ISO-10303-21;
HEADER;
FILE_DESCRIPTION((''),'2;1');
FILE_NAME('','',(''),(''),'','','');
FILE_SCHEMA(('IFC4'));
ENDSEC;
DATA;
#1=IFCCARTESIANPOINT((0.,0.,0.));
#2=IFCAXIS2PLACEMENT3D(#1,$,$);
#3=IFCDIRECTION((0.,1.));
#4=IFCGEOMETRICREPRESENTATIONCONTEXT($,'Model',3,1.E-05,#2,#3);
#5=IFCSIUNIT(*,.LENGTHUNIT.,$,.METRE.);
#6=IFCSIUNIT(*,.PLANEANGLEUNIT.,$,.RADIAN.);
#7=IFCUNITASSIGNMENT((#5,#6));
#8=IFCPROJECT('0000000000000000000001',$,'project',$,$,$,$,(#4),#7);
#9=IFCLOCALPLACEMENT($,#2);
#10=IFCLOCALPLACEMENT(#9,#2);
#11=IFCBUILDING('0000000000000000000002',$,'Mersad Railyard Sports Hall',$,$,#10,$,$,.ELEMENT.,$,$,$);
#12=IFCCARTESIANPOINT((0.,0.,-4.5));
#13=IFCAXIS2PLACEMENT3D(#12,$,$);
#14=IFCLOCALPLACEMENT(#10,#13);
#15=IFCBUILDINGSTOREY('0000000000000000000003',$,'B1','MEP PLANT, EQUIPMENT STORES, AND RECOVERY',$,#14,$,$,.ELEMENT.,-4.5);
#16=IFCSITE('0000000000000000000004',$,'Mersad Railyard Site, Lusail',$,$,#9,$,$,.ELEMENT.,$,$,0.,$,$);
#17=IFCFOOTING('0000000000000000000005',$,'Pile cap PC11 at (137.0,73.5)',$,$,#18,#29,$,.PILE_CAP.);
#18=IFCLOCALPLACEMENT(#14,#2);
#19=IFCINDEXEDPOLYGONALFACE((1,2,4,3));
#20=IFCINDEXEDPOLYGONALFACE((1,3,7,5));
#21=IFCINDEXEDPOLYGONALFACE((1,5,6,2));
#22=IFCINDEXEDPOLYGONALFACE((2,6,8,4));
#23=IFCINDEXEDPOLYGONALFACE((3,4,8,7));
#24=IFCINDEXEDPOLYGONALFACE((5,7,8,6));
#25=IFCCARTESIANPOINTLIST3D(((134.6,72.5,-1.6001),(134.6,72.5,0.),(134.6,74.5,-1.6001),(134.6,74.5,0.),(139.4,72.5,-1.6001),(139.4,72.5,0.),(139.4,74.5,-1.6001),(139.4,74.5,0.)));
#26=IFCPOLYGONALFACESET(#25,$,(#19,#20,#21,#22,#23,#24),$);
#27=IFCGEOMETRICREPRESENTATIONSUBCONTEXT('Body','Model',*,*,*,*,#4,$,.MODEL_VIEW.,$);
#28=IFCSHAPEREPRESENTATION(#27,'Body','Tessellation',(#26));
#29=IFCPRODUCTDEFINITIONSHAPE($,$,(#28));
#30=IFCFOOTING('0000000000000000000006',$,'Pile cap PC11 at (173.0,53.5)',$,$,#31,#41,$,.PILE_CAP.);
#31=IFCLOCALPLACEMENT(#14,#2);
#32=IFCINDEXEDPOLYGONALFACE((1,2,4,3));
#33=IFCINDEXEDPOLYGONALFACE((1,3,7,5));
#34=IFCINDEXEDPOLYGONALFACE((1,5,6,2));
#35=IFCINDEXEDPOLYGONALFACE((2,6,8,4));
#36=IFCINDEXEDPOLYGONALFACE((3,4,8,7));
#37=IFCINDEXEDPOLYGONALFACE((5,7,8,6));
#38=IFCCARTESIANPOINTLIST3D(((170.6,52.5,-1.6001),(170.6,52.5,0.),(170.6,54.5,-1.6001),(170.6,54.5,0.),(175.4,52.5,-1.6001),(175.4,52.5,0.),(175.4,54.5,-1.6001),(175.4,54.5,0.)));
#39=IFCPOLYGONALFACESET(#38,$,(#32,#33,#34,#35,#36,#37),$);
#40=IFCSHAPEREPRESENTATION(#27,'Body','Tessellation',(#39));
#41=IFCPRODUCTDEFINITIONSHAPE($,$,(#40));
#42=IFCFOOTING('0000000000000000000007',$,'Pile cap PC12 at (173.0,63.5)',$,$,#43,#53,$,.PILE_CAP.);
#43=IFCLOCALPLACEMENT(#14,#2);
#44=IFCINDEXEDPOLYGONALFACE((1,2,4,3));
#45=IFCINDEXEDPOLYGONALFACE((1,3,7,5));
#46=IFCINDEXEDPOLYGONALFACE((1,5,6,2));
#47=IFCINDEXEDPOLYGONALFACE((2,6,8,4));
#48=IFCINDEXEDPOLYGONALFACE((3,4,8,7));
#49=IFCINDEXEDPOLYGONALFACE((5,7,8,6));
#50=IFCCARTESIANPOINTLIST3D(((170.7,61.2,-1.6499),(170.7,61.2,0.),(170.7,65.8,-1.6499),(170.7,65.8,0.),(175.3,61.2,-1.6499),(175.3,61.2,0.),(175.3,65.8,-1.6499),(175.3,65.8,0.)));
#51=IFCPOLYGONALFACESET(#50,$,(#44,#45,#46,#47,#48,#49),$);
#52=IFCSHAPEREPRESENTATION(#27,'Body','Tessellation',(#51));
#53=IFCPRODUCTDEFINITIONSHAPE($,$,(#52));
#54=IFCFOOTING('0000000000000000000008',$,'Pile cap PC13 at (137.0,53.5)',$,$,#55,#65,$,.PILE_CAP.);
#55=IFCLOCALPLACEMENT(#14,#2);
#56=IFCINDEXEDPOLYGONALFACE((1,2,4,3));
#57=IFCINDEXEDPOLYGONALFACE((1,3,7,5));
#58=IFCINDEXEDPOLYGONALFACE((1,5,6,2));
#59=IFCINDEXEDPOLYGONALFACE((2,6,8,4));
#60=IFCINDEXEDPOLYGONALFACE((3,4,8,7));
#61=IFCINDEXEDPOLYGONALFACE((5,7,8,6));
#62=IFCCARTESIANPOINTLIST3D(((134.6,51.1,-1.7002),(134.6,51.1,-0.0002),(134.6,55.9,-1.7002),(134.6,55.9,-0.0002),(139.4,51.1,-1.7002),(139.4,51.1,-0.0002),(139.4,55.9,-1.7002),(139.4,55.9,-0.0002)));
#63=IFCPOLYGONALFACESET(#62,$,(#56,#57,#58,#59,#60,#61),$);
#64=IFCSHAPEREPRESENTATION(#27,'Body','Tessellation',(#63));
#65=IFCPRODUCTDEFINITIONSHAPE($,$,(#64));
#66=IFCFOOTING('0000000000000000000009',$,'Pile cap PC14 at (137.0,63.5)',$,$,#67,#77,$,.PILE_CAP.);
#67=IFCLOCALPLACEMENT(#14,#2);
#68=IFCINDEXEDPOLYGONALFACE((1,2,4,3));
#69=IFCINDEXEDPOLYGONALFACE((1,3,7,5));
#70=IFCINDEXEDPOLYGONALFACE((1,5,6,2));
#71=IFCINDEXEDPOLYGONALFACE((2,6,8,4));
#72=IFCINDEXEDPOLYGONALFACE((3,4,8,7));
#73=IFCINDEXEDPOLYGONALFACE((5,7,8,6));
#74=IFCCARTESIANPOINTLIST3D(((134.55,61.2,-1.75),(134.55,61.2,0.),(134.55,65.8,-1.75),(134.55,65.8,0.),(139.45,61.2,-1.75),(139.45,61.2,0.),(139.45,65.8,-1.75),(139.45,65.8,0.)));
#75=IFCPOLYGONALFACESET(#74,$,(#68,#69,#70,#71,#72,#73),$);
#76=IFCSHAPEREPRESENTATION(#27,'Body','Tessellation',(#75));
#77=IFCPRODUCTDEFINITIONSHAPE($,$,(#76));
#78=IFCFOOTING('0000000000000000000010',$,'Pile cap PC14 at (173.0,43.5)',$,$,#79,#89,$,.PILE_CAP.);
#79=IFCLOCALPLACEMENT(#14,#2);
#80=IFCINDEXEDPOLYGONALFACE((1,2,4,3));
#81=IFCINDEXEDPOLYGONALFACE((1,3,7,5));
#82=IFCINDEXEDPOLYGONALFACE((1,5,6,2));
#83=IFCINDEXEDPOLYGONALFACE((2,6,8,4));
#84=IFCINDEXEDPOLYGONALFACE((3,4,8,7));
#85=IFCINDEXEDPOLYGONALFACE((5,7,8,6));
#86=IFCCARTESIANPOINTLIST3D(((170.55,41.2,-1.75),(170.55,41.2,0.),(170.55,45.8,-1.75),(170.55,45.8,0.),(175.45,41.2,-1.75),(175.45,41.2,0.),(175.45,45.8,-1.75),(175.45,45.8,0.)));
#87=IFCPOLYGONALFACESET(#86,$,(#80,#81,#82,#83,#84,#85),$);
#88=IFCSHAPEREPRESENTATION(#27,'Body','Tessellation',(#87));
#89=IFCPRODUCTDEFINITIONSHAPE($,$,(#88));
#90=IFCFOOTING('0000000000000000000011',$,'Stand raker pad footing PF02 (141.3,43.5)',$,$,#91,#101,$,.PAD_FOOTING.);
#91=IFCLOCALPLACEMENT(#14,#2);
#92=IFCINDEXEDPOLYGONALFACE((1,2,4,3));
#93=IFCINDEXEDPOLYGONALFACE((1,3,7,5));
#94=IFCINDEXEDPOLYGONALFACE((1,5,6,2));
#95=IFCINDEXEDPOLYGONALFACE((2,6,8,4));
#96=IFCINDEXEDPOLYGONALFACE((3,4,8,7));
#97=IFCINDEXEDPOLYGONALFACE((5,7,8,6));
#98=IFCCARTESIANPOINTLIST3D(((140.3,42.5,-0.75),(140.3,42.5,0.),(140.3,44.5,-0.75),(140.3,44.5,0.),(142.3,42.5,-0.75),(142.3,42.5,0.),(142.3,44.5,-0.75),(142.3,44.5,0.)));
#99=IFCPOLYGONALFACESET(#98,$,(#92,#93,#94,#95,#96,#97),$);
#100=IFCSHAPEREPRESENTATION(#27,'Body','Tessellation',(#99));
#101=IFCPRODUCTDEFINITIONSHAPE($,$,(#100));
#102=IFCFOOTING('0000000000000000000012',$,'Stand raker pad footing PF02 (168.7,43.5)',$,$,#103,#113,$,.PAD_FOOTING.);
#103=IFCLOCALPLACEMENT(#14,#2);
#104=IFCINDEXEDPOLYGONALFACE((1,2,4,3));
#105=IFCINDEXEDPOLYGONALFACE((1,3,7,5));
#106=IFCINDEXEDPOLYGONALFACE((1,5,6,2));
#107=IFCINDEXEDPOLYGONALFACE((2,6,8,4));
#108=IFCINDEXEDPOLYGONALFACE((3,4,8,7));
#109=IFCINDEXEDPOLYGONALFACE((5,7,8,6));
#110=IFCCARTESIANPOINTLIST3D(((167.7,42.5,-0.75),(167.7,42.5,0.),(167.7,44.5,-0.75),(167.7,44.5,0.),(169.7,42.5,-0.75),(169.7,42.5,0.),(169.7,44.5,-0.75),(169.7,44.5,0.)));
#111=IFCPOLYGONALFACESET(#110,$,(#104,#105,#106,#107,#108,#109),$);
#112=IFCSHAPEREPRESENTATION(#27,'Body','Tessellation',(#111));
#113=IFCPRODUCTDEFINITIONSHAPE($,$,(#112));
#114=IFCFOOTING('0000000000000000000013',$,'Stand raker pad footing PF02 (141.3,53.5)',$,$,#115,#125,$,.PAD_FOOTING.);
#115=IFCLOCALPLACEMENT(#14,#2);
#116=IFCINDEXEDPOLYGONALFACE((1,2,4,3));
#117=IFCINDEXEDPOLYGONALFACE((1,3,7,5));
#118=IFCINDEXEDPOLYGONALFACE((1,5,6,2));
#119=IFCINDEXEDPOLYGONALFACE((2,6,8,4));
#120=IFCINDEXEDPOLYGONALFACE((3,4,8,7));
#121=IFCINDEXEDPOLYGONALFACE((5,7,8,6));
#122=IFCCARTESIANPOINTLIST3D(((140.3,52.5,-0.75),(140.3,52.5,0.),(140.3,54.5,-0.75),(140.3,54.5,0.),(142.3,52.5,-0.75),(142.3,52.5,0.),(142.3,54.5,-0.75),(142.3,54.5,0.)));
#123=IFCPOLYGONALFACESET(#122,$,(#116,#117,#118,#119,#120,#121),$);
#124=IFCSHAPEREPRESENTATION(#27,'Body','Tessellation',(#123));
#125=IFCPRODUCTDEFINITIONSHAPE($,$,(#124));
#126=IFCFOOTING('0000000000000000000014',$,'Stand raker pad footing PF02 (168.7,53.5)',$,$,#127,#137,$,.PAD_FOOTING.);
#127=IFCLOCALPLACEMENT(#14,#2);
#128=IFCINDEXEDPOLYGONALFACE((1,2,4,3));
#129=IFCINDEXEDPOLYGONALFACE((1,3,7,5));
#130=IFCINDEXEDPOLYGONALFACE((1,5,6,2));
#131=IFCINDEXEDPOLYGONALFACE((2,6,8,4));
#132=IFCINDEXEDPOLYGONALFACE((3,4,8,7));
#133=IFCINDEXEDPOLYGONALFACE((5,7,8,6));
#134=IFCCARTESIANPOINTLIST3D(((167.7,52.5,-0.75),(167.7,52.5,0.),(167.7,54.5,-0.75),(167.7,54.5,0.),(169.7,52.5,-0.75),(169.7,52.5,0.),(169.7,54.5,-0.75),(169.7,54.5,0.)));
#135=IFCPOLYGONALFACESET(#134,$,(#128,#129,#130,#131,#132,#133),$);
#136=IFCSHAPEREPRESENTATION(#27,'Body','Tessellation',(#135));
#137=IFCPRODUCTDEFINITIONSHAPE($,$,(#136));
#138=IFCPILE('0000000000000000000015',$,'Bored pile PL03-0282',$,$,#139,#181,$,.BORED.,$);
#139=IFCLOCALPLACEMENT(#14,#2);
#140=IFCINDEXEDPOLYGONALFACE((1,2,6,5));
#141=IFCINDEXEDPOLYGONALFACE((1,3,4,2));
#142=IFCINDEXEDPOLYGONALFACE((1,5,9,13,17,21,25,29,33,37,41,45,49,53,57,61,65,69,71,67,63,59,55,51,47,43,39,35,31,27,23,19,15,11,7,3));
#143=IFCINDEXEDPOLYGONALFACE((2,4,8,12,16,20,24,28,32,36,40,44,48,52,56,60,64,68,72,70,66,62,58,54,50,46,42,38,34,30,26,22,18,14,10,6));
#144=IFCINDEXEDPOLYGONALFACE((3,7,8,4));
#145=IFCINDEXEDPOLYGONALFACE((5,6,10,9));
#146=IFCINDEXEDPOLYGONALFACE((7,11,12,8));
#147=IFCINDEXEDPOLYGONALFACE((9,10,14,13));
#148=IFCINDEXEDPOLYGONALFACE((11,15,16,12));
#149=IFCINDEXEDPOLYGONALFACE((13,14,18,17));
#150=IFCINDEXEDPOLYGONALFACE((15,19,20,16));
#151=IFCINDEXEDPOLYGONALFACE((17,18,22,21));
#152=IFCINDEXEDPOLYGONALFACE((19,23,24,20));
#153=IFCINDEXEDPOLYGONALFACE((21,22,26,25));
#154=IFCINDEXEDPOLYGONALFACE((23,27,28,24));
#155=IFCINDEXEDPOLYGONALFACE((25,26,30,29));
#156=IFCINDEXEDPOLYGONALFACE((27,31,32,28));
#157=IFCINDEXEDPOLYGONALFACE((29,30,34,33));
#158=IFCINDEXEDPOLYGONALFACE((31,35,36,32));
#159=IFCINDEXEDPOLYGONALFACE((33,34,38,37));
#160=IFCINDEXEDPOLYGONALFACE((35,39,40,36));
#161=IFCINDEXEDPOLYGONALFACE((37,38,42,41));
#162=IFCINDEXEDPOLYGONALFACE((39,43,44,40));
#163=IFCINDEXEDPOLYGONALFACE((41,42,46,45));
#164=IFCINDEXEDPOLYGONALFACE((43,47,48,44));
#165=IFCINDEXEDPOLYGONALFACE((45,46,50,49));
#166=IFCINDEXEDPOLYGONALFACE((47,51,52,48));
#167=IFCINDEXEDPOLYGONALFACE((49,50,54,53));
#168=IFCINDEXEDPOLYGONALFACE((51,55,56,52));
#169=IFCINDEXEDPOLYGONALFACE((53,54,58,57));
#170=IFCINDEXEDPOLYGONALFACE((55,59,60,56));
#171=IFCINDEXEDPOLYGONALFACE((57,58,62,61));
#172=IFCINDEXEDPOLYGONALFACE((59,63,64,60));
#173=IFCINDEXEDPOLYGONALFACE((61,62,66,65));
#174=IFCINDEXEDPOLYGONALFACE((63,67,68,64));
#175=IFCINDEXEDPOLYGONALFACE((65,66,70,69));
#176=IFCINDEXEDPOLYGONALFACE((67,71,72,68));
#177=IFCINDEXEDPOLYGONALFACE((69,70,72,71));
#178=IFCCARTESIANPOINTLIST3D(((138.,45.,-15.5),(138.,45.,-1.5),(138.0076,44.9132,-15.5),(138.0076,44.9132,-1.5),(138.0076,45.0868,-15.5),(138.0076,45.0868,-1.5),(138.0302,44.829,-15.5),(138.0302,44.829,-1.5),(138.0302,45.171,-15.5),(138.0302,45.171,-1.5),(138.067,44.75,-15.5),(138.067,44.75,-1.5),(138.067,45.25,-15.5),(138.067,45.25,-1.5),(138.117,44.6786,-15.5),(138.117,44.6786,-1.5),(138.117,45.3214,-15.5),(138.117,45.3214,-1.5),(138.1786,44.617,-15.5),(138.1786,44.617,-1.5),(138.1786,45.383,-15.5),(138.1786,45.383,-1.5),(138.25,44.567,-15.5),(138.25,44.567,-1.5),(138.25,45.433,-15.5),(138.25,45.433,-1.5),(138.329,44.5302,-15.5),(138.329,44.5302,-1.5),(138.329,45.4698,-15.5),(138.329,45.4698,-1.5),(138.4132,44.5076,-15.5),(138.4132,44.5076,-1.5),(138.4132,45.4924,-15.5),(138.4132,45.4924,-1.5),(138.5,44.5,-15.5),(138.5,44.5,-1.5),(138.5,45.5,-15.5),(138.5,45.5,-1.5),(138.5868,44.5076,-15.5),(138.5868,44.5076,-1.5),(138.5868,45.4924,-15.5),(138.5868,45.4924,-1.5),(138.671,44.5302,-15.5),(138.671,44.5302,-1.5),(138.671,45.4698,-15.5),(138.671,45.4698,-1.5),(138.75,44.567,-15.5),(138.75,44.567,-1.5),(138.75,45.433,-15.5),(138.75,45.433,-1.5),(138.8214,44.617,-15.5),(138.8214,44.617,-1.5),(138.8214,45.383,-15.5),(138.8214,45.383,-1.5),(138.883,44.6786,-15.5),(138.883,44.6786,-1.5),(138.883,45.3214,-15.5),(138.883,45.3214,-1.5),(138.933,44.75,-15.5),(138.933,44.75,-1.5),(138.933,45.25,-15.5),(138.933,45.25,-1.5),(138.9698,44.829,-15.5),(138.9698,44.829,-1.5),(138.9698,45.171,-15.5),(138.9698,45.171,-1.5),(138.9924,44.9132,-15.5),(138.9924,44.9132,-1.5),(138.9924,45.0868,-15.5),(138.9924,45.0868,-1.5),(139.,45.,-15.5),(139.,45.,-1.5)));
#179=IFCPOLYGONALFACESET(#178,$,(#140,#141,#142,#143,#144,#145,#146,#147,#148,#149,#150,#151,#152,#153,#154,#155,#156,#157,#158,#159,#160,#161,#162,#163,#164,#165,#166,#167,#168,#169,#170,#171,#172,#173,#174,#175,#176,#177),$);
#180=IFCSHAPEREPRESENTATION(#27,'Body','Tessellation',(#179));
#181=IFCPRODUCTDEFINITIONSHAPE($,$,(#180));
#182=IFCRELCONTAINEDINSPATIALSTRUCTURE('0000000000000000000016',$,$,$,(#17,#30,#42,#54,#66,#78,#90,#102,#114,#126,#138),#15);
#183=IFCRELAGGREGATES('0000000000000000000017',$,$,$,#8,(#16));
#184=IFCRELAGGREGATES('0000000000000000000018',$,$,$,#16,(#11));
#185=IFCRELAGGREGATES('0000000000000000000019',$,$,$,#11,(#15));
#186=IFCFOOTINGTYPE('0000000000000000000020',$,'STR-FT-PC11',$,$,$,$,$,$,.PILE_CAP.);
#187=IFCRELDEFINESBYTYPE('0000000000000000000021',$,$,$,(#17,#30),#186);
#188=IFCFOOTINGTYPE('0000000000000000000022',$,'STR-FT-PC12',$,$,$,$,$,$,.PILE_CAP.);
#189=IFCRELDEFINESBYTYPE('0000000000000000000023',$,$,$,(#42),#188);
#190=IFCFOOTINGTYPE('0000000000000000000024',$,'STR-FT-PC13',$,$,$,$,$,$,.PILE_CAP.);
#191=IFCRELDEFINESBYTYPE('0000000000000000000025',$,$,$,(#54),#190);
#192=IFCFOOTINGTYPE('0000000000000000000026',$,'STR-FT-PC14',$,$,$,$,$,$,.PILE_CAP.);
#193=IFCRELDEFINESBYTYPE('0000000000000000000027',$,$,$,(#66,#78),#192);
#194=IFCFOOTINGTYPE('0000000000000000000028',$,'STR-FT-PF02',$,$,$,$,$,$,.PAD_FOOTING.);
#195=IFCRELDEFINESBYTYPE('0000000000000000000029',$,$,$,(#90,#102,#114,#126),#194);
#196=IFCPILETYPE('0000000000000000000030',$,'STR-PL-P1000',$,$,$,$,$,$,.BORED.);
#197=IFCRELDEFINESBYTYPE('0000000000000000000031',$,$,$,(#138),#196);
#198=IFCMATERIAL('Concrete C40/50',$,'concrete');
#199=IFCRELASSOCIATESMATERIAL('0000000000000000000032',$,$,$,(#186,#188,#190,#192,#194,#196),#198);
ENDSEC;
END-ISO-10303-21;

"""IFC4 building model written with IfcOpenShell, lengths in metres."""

from ifc_helpers import new_model, si_unit, direction, frame, origin, origin_2d, place, context, subcontext, project, spatial, rectangle, circle, extrude, material, material_profile, profile_set, type_object, element, save


model = new_model("IFC4")

# Units and contexts
model_context = context("Model", 3, precision=1e-05, world=origin(), true_north=direction((0.0, 1.0)))
body_context = subcontext(model_context, "Body", "Model", "MODEL_VIEW")
ifc_project = project(units=[si_unit("LENGTHUNIT", "METRE"), si_unit("PLANEANGLEUNIT", "RADIAN")], contexts=[model_context])

# Site, building, storey
site_placement = place(None, origin())
site = spatial("IfcSite", under=ifc_project, at=site_placement, Name="Mersad Railyard Site, Lusail", CompositionType="ELEMENT", RefElevation=0.0)
building_placement = place(site_placement, origin())
building = spatial("IfcBuilding", under=site, at=building_placement, Name="Mersad Railyard Sports Hall", CompositionType="ELEMENT")
storey_placement = place(building_placement, frame((0.0, 0.0, -4.5)))
storey = spatial("IfcBuildingStorey", under=building, at=storey_placement, Name="B1", Description="MEP PLANT, EQUIPMENT STORES, AND RECOVERY", CompositionType="ELEMENT", Elevation=-4.5)

# Footings
ifc_material_1 = material(Name="Concrete C40/50", Category="concrete")
footing_type_1 = type_object("IfcFootingType", Name="STR-FT-PC11", PredefinedType="PILE_CAP", material=ifc_material_1)
for number, where, z_axis, x_axis, name in (
    (1, (137.0, 73.5, -1.6001), (0.0, 0.0, 1.0), (1.0, 0.0, 0.0), "Pile cap PC11 at (137.0,73.5)"),
    (2, (173.0, 53.5, -1.6001), (0.0, 0.0, 1.0), (1.0, 0.0, 0.0), "Pile cap PC11 at (173.0,53.5)"),
):
    element("IfcFooting", number, at=place(storey_placement, frame(where, z_axis=z_axis, x_axis=x_axis)), inside=storey, type_object=footing_type_1, Name=name, PredefinedType="PILE_CAP", context=body_context, shape_type="SweptSolid", body=[
        extrude(rectangle(XDim=4.8, YDim=2.0, at=origin_2d()), origin(), (0.0, 0.0, 1.0), 1.6001),
    ])
footing_type_2 = type_object("IfcFootingType", Name="STR-FT-PC12", PredefinedType="PILE_CAP", material=ifc_material_1)
footing_1_placement = place(storey_placement, frame((173.0, 63.5, -1.6499), z_axis=(0.0, 0.0, 1.0), x_axis=(1.0, 0.0, 0.0)))
element("IfcFooting", 3, at=footing_1_placement, inside=storey, type_object=footing_type_2, Name="Pile cap PC12 at (173.0,63.5)", PredefinedType="PILE_CAP", context=body_context, shape_type="SweptSolid", body=[
    extrude(rectangle(XDim=4.6001, YDim=4.6001, at=origin_2d()), origin(), (0.0, 0.0, 1.0), 1.6499),
])
footing_type_3 = type_object("IfcFootingType", Name="STR-FT-PC13", PredefinedType="PILE_CAP", material=ifc_material_1)
footing_2_placement = place(storey_placement, frame((137.0, 53.5, -1.7002), z_axis=(0.0, 0.0, 1.0), x_axis=(1.0, 0.0, 0.0)))
element("IfcFooting", 4, at=footing_2_placement, inside=storey, type_object=footing_type_3, Name="Pile cap PC13 at (137.0,53.5)", PredefinedType="PILE_CAP", context=body_context, shape_type="SweptSolid", body=[
    extrude(rectangle(XDim=4.8, YDim=4.8, at=origin_2d()), origin(), (0.0, 0.0, 1.0), 1.7),
])
footing_type_4 = type_object("IfcFootingType", Name="STR-FT-PC14", PredefinedType="PILE_CAP", material=ifc_material_1)
for number, where, z_axis, x_axis, name in (
    (5, (137.0, 63.5, -1.75), (0.0, 0.0, 1.0), (1.0, 0.0, 0.0), "Pile cap PC14 at (137.0,63.5)"),
    (6, (173.0, 43.5, -1.75), (0.0, 0.0, 1.0), (1.0, 0.0, 0.0), "Pile cap PC14 at (173.0,43.5)"),
):
    element("IfcFooting", number, at=place(storey_placement, frame(where, z_axis=z_axis, x_axis=x_axis)), inside=storey, type_object=footing_type_4, Name=name, PredefinedType="PILE_CAP", context=body_context, shape_type="SweptSolid", body=[
        extrude(rectangle(XDim=4.8999, YDim=4.6001, at=origin_2d()), origin(), (0.0, 0.0, 1.0), 1.75),
    ])
footing_type_5 = type_object("IfcFootingType", Name="STR-FT-PF02", PredefinedType="PAD_FOOTING", material=ifc_material_1)
for number, where, z_axis, x_axis, name in (
    (7, (141.3, 43.5, -0.75), (0.0, 0.0, 1.0), (1.0, 0.0, 0.0), "Stand raker pad footing PF02 (141.3,43.5)"),
    (8, (168.7, 43.5, -0.75), (0.0, 0.0, 1.0), (1.0, 0.0, 0.0), "Stand raker pad footing PF02 (168.7,43.5)"),
    (9, (141.3, 53.5, -0.75), (0.0, 0.0, 1.0), (1.0, 0.0, 0.0), "Stand raker pad footing PF02 (141.3,53.5)"),
    (10, (168.7, 53.5, -0.75), (0.0, 0.0, 1.0), (1.0, 0.0, 0.0), "Stand raker pad footing PF02 (168.7,53.5)"),
):
    element("IfcFooting", number, at=place(storey_placement, frame(where, z_axis=z_axis, x_axis=x_axis)), inside=storey, type_object=footing_type_5, Name=name, PredefinedType="PAD_FOOTING", context=body_context, shape_type="SweptSolid", body=[
        extrude(rectangle(XDim=2.0, YDim=2.0, at=origin_2d()), origin(), (0.0, 0.0, 1.0), 0.75),
    ])

# Pile
ifc_material_profile_1 = material_profile(ifc_material_1, circle(Radius=0.5, at=origin_2d()), Name="BORED PILE D1000")
ifc_profile_set_1 = profile_set([ifc_material_profile_1], Name="Concrete C40/50")
pile_type = type_object("IfcPileType", Name="STR-PL-P1000", PredefinedType="BORED", material=ifc_profile_set_1)
pile_1_placement = place(storey_placement, frame((138.5, 45.0, -1.5), z_axis=(0.0, 0.0, -1.0), x_axis=(1.0, 0.0, 0.0)))
element("IfcPile", 11, at=pile_1_placement, inside=storey, type_object=pile_type, Name="Bored pile PL03-0282", PredefinedType="BORED", context=body_context, shape_type="SweptSolid", body=[
    extrude(circle(Radius=0.5, at=origin_2d()), origin(), (0.0, 0.0, 1.0), 14.0),
])

save(model, "model.ifc")
